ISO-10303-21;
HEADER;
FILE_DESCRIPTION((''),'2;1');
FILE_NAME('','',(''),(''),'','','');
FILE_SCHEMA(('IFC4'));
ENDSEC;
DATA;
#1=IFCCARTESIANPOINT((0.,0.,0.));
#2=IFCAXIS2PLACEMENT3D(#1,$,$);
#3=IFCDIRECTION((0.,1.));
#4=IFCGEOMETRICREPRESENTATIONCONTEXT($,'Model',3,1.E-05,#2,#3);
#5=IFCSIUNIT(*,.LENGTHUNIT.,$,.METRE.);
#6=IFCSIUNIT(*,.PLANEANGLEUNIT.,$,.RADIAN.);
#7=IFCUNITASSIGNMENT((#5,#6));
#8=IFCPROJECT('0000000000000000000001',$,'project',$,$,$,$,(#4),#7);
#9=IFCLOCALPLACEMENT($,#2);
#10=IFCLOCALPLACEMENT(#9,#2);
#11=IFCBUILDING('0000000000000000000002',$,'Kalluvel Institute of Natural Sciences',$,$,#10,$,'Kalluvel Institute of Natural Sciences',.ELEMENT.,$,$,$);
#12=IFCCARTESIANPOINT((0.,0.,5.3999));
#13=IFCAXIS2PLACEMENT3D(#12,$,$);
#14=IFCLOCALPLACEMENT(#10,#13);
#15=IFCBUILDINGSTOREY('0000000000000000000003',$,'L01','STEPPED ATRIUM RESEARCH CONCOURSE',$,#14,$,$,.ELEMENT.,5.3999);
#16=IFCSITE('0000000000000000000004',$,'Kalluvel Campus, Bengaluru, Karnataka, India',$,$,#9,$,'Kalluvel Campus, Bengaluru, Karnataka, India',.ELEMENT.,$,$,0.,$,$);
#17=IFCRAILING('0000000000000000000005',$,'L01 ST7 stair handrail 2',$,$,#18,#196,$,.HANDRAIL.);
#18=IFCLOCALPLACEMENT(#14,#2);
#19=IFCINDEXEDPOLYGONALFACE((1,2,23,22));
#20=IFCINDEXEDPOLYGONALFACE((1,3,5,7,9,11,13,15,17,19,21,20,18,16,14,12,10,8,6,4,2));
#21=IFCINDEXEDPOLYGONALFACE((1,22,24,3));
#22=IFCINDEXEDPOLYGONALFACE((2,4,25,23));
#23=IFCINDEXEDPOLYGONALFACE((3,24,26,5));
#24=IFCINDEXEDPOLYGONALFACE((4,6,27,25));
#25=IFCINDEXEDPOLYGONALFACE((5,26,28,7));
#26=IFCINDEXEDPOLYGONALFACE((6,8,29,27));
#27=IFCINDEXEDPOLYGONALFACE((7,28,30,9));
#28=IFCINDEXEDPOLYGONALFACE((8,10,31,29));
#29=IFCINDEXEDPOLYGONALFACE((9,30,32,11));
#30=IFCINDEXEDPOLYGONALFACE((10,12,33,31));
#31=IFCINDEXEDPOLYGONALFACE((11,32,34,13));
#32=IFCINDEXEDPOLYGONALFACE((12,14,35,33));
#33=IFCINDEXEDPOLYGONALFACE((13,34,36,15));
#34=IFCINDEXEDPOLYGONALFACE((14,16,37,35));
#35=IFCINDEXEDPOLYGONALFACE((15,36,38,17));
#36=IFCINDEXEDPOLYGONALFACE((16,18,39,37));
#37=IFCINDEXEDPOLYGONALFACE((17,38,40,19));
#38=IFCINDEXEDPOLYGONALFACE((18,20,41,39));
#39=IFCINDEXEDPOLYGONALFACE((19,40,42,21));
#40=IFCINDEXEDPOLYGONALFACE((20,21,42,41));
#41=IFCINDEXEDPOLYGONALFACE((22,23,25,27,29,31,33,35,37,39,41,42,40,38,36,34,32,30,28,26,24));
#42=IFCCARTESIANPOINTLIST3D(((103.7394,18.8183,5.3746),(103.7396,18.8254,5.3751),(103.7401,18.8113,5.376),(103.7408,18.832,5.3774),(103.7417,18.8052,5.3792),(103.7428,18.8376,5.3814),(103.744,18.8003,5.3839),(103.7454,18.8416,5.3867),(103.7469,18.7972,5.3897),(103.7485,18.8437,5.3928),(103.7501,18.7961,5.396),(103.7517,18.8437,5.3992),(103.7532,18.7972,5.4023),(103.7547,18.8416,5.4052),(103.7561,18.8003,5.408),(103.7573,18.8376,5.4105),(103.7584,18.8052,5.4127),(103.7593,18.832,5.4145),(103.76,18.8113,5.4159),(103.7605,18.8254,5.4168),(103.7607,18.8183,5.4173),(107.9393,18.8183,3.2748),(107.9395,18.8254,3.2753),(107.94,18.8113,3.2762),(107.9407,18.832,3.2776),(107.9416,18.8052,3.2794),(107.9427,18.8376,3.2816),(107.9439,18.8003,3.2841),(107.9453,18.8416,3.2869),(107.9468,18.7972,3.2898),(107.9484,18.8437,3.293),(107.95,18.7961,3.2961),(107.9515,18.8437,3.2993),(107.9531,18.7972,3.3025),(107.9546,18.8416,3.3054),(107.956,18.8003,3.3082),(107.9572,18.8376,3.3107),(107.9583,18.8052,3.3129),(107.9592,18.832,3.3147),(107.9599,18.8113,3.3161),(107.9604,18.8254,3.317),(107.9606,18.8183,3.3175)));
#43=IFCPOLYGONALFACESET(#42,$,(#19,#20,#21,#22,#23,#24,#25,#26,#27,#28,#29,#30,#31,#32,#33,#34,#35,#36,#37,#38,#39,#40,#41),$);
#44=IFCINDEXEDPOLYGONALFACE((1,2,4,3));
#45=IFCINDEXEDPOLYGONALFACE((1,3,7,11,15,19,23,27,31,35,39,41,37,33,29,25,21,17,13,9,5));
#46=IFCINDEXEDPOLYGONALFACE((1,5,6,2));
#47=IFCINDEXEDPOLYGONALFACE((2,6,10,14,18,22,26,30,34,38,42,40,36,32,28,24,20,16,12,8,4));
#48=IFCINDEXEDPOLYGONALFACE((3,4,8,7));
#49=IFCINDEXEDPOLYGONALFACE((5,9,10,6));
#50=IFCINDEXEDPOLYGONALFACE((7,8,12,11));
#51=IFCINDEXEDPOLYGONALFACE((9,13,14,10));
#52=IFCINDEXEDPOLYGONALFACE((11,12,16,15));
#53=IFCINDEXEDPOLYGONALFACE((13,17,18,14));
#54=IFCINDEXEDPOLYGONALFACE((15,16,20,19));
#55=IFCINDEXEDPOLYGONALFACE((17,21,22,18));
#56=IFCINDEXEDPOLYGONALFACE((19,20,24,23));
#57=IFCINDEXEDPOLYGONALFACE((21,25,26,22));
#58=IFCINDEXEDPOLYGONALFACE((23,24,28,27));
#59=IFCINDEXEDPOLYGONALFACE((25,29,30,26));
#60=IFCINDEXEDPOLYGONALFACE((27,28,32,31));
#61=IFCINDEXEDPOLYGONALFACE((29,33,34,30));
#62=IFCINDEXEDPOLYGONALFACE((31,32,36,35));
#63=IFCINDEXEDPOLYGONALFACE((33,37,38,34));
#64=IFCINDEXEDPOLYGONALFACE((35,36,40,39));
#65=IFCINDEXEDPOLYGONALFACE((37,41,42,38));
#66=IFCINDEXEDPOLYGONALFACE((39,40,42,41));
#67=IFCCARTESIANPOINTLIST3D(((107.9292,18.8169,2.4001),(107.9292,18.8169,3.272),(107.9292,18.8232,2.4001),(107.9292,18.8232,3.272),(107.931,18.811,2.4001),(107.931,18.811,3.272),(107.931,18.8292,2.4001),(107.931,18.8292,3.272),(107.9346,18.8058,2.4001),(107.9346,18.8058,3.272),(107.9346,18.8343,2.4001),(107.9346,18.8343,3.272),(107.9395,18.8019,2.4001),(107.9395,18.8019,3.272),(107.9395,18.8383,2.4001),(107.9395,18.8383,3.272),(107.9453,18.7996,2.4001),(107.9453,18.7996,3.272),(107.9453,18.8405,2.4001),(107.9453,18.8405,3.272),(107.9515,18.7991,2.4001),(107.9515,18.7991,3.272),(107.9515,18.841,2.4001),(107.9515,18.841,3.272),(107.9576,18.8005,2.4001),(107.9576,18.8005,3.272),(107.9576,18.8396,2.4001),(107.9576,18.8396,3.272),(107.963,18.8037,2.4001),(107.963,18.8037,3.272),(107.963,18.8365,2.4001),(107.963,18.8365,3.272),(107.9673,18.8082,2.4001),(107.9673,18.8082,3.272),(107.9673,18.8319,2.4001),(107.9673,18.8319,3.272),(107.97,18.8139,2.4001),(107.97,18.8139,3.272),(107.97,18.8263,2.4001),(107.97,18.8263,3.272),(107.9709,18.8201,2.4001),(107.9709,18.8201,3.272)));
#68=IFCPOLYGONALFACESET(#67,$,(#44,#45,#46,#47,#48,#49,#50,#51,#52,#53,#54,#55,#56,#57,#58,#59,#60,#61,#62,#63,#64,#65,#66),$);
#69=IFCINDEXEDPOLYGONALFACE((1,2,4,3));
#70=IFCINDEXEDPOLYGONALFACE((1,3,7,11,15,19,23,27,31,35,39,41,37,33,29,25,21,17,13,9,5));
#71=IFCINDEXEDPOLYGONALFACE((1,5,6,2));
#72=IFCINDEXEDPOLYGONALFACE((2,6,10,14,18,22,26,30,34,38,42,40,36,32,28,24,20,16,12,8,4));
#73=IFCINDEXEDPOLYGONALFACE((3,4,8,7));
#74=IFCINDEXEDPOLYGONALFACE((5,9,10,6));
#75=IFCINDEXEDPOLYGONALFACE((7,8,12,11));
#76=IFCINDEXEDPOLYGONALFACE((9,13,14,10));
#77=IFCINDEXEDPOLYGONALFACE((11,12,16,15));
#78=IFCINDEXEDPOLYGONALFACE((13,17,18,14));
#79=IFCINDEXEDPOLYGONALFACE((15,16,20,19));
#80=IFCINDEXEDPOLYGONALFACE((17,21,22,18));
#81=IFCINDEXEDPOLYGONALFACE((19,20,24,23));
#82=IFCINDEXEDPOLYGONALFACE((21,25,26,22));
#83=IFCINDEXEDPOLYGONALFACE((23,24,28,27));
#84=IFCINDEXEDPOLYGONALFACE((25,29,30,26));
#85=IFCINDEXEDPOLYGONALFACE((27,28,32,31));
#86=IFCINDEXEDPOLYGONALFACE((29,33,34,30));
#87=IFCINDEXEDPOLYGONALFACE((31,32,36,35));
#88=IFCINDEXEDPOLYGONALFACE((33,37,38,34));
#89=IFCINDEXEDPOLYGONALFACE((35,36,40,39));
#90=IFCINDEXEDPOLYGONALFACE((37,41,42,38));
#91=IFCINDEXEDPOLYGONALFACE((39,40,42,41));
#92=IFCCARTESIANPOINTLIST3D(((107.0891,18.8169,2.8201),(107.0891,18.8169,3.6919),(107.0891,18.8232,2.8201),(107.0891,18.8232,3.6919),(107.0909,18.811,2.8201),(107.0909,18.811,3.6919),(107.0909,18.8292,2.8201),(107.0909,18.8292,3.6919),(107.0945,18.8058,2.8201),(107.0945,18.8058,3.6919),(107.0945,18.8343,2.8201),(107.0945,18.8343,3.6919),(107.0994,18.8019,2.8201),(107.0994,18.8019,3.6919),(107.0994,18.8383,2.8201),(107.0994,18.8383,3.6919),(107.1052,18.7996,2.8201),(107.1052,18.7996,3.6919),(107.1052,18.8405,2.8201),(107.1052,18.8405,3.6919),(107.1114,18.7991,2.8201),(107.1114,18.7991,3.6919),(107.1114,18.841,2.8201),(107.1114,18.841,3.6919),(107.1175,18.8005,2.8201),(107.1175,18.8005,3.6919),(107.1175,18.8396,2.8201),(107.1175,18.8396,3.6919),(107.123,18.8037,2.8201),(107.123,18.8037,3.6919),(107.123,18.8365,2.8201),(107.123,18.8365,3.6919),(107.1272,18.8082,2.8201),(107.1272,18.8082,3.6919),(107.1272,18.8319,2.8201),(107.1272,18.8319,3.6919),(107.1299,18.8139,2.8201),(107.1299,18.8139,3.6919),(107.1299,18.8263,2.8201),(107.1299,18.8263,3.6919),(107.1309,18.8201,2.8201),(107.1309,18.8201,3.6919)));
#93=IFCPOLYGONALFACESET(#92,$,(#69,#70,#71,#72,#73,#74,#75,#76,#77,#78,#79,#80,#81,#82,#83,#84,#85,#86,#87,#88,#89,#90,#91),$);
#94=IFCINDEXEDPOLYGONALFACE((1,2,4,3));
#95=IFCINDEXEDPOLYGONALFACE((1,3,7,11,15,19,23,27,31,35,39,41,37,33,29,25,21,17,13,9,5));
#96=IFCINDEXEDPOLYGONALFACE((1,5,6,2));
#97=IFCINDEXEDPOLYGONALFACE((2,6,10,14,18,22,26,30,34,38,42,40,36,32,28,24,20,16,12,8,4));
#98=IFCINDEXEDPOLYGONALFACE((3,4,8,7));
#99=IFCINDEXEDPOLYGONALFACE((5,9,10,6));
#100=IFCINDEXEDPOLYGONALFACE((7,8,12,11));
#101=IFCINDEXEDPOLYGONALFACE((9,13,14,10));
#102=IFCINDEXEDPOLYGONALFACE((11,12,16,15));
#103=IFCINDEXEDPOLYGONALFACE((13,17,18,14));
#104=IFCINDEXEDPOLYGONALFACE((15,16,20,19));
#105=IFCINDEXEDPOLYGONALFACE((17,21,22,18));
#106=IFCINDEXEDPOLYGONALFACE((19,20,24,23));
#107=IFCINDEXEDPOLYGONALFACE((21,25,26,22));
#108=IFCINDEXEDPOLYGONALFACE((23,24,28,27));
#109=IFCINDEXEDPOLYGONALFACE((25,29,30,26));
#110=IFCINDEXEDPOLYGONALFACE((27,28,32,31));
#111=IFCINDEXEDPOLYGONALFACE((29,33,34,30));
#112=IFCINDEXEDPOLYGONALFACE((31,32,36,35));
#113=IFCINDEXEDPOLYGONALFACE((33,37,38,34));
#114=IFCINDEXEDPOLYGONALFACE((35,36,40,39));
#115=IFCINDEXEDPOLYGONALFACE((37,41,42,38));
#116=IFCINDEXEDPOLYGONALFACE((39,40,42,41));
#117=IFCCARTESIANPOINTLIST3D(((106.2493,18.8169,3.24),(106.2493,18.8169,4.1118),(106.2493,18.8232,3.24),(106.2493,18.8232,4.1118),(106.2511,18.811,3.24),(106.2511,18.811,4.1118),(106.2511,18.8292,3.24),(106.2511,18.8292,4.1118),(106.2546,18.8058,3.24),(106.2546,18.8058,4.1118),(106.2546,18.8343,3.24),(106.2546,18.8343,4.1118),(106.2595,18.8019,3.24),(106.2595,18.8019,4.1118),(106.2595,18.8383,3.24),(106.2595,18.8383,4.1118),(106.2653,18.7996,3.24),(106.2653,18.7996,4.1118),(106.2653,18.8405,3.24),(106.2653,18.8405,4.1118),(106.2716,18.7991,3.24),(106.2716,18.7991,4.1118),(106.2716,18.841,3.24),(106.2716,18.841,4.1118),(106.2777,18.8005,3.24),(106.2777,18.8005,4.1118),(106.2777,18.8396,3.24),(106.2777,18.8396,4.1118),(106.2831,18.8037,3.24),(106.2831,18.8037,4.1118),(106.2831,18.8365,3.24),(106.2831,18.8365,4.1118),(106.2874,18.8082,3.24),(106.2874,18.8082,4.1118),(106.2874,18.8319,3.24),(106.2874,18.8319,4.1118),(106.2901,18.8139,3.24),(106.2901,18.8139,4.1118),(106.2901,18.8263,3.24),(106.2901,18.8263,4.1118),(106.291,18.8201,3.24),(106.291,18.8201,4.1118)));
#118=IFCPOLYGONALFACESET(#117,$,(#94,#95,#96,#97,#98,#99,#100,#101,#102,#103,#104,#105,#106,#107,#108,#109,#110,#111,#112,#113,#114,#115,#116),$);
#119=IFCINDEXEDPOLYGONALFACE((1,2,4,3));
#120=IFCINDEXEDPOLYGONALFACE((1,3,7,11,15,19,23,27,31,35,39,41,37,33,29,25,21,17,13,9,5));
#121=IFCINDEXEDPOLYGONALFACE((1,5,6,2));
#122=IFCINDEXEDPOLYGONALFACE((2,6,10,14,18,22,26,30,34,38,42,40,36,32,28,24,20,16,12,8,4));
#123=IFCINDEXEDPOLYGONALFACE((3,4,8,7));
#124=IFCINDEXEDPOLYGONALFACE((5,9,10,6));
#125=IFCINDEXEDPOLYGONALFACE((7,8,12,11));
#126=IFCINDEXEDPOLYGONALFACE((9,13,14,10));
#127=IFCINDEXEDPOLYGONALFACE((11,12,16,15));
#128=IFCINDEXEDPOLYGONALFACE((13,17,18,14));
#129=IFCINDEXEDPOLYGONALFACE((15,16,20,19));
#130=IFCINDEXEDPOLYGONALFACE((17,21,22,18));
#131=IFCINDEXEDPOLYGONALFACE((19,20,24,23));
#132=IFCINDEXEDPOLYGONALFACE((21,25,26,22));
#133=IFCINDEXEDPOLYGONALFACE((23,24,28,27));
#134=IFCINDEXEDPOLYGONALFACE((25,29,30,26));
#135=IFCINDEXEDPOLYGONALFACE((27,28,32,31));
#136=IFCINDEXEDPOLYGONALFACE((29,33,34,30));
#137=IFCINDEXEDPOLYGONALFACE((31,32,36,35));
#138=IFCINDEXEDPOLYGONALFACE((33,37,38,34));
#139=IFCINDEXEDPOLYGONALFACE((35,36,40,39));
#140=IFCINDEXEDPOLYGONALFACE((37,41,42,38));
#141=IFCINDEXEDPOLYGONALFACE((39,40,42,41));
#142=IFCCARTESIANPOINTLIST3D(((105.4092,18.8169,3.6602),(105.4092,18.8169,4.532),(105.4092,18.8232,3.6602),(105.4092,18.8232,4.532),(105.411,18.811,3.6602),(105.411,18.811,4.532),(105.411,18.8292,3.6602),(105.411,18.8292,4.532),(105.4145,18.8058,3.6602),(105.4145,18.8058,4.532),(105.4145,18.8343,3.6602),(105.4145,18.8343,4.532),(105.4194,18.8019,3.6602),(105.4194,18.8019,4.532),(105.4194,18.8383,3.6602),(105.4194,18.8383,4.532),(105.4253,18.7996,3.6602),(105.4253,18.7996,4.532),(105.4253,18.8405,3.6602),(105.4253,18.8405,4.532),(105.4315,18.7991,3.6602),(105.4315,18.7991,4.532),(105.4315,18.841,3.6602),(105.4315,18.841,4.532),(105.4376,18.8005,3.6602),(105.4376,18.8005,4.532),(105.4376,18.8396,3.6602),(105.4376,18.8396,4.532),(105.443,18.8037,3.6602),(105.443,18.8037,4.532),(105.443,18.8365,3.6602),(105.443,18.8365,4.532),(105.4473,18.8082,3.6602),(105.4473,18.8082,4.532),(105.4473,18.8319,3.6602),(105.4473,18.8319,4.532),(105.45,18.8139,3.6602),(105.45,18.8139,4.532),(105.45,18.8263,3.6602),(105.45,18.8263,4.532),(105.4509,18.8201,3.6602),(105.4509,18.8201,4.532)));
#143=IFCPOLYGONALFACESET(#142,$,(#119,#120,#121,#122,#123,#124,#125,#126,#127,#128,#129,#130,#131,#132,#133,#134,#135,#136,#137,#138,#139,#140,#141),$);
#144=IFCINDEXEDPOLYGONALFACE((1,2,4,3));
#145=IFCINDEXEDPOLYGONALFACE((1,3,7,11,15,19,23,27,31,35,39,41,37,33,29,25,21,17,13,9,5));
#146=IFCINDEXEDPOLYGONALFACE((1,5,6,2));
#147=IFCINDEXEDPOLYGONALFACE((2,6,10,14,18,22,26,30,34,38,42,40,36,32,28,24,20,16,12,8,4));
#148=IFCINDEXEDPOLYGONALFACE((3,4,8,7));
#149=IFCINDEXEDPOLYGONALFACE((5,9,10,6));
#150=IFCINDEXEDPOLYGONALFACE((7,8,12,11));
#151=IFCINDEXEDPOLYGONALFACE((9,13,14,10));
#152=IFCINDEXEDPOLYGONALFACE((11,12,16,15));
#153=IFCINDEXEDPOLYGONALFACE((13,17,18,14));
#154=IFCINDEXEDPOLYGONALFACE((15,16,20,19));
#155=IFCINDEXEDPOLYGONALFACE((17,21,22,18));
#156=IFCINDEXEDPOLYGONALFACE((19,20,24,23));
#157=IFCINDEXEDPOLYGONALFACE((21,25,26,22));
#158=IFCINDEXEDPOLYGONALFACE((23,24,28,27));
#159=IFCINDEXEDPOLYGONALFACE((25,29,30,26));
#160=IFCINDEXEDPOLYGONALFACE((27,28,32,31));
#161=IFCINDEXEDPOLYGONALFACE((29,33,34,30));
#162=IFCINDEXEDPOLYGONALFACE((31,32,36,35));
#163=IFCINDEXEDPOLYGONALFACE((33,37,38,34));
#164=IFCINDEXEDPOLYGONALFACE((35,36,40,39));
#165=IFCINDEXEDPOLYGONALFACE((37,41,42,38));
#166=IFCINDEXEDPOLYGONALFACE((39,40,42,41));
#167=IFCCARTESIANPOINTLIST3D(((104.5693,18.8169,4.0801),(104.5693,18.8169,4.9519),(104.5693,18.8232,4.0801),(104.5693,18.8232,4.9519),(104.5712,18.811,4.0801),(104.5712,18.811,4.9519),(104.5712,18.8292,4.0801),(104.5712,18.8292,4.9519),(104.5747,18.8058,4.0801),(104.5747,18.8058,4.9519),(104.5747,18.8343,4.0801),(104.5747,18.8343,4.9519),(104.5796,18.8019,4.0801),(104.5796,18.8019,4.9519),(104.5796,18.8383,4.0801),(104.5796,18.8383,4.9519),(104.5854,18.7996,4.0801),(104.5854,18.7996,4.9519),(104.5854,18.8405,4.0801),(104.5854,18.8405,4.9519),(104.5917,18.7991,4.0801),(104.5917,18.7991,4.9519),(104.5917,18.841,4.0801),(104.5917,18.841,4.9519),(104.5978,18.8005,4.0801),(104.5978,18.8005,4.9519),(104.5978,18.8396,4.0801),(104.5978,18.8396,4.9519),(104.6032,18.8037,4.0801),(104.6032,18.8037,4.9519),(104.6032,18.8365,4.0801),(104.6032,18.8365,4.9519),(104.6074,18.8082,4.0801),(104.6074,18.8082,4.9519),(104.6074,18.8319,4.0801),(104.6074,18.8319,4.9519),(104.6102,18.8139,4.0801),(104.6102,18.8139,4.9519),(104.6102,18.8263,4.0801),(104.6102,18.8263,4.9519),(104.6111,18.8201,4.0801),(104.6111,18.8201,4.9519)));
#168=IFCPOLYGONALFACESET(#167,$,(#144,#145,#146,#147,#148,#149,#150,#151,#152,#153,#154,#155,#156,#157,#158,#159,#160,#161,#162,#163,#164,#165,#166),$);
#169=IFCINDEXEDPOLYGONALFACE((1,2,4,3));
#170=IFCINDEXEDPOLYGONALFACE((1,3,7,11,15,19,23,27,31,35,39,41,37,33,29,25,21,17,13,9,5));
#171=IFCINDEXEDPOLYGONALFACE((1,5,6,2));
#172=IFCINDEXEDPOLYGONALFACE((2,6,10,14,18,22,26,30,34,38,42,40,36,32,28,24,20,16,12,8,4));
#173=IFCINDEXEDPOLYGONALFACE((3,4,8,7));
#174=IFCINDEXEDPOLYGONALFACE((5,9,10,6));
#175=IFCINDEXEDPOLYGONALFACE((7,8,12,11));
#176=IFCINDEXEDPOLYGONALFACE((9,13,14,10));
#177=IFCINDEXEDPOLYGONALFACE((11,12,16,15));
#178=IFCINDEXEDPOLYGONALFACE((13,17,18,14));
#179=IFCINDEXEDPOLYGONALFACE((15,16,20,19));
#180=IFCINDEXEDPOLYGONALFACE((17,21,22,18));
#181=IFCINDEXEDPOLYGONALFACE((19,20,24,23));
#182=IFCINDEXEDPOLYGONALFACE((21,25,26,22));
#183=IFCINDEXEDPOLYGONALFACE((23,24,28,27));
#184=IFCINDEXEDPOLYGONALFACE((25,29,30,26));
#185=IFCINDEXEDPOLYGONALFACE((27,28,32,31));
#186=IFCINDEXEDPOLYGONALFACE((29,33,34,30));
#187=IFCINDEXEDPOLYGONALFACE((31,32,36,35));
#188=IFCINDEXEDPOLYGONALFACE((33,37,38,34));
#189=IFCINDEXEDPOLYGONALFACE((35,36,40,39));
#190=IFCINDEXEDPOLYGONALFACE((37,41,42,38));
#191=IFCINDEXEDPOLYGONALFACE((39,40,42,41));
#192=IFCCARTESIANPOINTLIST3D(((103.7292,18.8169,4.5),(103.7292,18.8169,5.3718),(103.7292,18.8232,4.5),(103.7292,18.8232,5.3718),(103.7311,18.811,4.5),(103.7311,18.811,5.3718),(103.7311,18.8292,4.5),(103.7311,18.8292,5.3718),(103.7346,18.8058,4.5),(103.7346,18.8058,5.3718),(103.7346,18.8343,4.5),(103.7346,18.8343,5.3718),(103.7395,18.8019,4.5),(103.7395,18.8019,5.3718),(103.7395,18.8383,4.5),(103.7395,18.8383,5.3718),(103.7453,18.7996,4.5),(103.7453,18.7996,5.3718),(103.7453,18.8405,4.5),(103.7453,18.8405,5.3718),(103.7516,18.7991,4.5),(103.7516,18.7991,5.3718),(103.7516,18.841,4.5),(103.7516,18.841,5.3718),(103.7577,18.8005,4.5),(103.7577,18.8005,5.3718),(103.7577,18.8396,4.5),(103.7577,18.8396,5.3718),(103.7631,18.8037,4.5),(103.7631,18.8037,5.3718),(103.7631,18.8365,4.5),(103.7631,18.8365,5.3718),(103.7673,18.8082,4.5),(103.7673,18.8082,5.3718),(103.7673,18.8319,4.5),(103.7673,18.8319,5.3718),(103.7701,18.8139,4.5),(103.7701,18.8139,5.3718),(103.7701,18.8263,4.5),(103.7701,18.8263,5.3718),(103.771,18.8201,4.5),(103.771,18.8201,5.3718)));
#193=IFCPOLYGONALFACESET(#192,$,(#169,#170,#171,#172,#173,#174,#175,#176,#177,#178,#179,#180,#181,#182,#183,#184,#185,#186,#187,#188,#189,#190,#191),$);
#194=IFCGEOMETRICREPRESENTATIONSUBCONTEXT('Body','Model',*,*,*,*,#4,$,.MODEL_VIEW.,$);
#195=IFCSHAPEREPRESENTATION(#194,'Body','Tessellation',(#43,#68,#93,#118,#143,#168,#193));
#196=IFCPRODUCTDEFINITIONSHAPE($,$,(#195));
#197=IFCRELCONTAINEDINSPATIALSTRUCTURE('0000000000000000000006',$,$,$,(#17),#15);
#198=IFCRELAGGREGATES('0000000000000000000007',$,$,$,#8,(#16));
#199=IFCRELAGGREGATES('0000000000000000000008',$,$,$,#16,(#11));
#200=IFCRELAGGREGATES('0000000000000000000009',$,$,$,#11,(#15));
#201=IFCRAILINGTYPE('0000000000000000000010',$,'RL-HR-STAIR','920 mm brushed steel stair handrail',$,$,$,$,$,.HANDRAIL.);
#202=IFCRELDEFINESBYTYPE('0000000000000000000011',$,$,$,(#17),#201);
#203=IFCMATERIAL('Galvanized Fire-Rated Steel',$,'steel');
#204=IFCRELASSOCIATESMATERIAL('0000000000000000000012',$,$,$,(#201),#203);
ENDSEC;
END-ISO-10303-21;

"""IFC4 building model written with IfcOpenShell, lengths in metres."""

from ifc_helpers import new_model, si_unit, direction, frame, origin, origin_2d, place, context, subcontext, project, spatial, circle, extrude, material, type_object, element, save


model = new_model("IFC4")

# Units and contexts
model_context = context("Model", 3, precision=1e-05, world=origin(), true_north=direction((0.0, 1.0)))
body_context = subcontext(model_context, "Body", "Model", "MODEL_VIEW")
ifc_project = project(units=[si_unit("LENGTHUNIT", "METRE"), si_unit("PLANEANGLEUNIT", "RADIAN")], contexts=[model_context])

# Site, building, storey
site_placement = place(None, origin())
site = spatial("IfcSite", under=ifc_project, at=site_placement, Name="Kalluvel Campus, Bengaluru, Karnataka, India", LongName="Kalluvel Campus, Bengaluru, Karnataka, India", CompositionType="ELEMENT", RefElevation=0.0)
building_placement = place(site_placement, origin())
building = spatial("IfcBuilding", under=site, at=building_placement, Name="Kalluvel Institute of Natural Sciences", LongName="Kalluvel Institute of Natural Sciences", CompositionType="ELEMENT")
storey_placement = place(building_placement, frame((0.0, 0.0, 5.3999)))
storey = spatial("IfcBuildingStorey", under=building, at=storey_placement, Name="L01", Description="STEPPED ATRIUM RESEARCH CONCOURSE", CompositionType="ELEMENT", Elevation=5.3999)

# Shared definitions
ifc_material_1 = material(Name="Galvanized Fire-Rated Steel", Category="steel")

# Railing
railing_type_1 = type_object("IfcRailingType", Name="RL-HR-STAIR", Description="920 mm brushed steel stair handrail", PredefinedType="HANDRAIL", material=ifc_material_1)
railing_1_placement = place(storey_placement, frame((107.95, 18.8201, 2.4001)))
element("IfcRailing", 1, at=railing_1_placement, inside=storey, type_object=railing_type_1, Name="L01 ST7 stair handrail 2", PredefinedType="HANDRAIL", context=body_context, shape_type="SweptSolid", body=[
    extrude(circle(Radius=0.0239, at=origin_2d()), frame((0.0, 0.0, 0.896), z_axis=(-0.894438, 0.0, 0.447193), x_axis=(0.0, -1.0, 0.0)), (0.0, 0.0, 1.0), 4.6956),
    extrude(circle(Radius=0.021, at=origin_2d()), origin(), (0.0, 0.0, 1.0), 0.8718),
    extrude(circle(Radius=0.021, at=origin_2d()), frame((-0.8401, 0.0, 0.4199)), (0.0, 0.0, 1.0), 0.8718),
    extrude(circle(Radius=0.021, at=origin_2d()), frame((-1.6799, 0.0, 0.8398)), (0.0, 0.0, 1.0), 0.8718),
    extrude(circle(Radius=0.021, at=origin_2d()), frame((-2.52, 0.0, 1.26)), (0.0, 0.0, 1.0), 0.8718),
    extrude(circle(Radius=0.021, at=origin_2d()), frame((-3.3599, 0.0, 1.6799)), (0.0, 0.0, 1.0), 0.8718),
    extrude(circle(Radius=0.021, at=origin_2d()), frame((-4.2, 0.0, 2.0999)), (0.0, 0.0, 1.0), 0.8718),
])

save(model, "model.ifc")
